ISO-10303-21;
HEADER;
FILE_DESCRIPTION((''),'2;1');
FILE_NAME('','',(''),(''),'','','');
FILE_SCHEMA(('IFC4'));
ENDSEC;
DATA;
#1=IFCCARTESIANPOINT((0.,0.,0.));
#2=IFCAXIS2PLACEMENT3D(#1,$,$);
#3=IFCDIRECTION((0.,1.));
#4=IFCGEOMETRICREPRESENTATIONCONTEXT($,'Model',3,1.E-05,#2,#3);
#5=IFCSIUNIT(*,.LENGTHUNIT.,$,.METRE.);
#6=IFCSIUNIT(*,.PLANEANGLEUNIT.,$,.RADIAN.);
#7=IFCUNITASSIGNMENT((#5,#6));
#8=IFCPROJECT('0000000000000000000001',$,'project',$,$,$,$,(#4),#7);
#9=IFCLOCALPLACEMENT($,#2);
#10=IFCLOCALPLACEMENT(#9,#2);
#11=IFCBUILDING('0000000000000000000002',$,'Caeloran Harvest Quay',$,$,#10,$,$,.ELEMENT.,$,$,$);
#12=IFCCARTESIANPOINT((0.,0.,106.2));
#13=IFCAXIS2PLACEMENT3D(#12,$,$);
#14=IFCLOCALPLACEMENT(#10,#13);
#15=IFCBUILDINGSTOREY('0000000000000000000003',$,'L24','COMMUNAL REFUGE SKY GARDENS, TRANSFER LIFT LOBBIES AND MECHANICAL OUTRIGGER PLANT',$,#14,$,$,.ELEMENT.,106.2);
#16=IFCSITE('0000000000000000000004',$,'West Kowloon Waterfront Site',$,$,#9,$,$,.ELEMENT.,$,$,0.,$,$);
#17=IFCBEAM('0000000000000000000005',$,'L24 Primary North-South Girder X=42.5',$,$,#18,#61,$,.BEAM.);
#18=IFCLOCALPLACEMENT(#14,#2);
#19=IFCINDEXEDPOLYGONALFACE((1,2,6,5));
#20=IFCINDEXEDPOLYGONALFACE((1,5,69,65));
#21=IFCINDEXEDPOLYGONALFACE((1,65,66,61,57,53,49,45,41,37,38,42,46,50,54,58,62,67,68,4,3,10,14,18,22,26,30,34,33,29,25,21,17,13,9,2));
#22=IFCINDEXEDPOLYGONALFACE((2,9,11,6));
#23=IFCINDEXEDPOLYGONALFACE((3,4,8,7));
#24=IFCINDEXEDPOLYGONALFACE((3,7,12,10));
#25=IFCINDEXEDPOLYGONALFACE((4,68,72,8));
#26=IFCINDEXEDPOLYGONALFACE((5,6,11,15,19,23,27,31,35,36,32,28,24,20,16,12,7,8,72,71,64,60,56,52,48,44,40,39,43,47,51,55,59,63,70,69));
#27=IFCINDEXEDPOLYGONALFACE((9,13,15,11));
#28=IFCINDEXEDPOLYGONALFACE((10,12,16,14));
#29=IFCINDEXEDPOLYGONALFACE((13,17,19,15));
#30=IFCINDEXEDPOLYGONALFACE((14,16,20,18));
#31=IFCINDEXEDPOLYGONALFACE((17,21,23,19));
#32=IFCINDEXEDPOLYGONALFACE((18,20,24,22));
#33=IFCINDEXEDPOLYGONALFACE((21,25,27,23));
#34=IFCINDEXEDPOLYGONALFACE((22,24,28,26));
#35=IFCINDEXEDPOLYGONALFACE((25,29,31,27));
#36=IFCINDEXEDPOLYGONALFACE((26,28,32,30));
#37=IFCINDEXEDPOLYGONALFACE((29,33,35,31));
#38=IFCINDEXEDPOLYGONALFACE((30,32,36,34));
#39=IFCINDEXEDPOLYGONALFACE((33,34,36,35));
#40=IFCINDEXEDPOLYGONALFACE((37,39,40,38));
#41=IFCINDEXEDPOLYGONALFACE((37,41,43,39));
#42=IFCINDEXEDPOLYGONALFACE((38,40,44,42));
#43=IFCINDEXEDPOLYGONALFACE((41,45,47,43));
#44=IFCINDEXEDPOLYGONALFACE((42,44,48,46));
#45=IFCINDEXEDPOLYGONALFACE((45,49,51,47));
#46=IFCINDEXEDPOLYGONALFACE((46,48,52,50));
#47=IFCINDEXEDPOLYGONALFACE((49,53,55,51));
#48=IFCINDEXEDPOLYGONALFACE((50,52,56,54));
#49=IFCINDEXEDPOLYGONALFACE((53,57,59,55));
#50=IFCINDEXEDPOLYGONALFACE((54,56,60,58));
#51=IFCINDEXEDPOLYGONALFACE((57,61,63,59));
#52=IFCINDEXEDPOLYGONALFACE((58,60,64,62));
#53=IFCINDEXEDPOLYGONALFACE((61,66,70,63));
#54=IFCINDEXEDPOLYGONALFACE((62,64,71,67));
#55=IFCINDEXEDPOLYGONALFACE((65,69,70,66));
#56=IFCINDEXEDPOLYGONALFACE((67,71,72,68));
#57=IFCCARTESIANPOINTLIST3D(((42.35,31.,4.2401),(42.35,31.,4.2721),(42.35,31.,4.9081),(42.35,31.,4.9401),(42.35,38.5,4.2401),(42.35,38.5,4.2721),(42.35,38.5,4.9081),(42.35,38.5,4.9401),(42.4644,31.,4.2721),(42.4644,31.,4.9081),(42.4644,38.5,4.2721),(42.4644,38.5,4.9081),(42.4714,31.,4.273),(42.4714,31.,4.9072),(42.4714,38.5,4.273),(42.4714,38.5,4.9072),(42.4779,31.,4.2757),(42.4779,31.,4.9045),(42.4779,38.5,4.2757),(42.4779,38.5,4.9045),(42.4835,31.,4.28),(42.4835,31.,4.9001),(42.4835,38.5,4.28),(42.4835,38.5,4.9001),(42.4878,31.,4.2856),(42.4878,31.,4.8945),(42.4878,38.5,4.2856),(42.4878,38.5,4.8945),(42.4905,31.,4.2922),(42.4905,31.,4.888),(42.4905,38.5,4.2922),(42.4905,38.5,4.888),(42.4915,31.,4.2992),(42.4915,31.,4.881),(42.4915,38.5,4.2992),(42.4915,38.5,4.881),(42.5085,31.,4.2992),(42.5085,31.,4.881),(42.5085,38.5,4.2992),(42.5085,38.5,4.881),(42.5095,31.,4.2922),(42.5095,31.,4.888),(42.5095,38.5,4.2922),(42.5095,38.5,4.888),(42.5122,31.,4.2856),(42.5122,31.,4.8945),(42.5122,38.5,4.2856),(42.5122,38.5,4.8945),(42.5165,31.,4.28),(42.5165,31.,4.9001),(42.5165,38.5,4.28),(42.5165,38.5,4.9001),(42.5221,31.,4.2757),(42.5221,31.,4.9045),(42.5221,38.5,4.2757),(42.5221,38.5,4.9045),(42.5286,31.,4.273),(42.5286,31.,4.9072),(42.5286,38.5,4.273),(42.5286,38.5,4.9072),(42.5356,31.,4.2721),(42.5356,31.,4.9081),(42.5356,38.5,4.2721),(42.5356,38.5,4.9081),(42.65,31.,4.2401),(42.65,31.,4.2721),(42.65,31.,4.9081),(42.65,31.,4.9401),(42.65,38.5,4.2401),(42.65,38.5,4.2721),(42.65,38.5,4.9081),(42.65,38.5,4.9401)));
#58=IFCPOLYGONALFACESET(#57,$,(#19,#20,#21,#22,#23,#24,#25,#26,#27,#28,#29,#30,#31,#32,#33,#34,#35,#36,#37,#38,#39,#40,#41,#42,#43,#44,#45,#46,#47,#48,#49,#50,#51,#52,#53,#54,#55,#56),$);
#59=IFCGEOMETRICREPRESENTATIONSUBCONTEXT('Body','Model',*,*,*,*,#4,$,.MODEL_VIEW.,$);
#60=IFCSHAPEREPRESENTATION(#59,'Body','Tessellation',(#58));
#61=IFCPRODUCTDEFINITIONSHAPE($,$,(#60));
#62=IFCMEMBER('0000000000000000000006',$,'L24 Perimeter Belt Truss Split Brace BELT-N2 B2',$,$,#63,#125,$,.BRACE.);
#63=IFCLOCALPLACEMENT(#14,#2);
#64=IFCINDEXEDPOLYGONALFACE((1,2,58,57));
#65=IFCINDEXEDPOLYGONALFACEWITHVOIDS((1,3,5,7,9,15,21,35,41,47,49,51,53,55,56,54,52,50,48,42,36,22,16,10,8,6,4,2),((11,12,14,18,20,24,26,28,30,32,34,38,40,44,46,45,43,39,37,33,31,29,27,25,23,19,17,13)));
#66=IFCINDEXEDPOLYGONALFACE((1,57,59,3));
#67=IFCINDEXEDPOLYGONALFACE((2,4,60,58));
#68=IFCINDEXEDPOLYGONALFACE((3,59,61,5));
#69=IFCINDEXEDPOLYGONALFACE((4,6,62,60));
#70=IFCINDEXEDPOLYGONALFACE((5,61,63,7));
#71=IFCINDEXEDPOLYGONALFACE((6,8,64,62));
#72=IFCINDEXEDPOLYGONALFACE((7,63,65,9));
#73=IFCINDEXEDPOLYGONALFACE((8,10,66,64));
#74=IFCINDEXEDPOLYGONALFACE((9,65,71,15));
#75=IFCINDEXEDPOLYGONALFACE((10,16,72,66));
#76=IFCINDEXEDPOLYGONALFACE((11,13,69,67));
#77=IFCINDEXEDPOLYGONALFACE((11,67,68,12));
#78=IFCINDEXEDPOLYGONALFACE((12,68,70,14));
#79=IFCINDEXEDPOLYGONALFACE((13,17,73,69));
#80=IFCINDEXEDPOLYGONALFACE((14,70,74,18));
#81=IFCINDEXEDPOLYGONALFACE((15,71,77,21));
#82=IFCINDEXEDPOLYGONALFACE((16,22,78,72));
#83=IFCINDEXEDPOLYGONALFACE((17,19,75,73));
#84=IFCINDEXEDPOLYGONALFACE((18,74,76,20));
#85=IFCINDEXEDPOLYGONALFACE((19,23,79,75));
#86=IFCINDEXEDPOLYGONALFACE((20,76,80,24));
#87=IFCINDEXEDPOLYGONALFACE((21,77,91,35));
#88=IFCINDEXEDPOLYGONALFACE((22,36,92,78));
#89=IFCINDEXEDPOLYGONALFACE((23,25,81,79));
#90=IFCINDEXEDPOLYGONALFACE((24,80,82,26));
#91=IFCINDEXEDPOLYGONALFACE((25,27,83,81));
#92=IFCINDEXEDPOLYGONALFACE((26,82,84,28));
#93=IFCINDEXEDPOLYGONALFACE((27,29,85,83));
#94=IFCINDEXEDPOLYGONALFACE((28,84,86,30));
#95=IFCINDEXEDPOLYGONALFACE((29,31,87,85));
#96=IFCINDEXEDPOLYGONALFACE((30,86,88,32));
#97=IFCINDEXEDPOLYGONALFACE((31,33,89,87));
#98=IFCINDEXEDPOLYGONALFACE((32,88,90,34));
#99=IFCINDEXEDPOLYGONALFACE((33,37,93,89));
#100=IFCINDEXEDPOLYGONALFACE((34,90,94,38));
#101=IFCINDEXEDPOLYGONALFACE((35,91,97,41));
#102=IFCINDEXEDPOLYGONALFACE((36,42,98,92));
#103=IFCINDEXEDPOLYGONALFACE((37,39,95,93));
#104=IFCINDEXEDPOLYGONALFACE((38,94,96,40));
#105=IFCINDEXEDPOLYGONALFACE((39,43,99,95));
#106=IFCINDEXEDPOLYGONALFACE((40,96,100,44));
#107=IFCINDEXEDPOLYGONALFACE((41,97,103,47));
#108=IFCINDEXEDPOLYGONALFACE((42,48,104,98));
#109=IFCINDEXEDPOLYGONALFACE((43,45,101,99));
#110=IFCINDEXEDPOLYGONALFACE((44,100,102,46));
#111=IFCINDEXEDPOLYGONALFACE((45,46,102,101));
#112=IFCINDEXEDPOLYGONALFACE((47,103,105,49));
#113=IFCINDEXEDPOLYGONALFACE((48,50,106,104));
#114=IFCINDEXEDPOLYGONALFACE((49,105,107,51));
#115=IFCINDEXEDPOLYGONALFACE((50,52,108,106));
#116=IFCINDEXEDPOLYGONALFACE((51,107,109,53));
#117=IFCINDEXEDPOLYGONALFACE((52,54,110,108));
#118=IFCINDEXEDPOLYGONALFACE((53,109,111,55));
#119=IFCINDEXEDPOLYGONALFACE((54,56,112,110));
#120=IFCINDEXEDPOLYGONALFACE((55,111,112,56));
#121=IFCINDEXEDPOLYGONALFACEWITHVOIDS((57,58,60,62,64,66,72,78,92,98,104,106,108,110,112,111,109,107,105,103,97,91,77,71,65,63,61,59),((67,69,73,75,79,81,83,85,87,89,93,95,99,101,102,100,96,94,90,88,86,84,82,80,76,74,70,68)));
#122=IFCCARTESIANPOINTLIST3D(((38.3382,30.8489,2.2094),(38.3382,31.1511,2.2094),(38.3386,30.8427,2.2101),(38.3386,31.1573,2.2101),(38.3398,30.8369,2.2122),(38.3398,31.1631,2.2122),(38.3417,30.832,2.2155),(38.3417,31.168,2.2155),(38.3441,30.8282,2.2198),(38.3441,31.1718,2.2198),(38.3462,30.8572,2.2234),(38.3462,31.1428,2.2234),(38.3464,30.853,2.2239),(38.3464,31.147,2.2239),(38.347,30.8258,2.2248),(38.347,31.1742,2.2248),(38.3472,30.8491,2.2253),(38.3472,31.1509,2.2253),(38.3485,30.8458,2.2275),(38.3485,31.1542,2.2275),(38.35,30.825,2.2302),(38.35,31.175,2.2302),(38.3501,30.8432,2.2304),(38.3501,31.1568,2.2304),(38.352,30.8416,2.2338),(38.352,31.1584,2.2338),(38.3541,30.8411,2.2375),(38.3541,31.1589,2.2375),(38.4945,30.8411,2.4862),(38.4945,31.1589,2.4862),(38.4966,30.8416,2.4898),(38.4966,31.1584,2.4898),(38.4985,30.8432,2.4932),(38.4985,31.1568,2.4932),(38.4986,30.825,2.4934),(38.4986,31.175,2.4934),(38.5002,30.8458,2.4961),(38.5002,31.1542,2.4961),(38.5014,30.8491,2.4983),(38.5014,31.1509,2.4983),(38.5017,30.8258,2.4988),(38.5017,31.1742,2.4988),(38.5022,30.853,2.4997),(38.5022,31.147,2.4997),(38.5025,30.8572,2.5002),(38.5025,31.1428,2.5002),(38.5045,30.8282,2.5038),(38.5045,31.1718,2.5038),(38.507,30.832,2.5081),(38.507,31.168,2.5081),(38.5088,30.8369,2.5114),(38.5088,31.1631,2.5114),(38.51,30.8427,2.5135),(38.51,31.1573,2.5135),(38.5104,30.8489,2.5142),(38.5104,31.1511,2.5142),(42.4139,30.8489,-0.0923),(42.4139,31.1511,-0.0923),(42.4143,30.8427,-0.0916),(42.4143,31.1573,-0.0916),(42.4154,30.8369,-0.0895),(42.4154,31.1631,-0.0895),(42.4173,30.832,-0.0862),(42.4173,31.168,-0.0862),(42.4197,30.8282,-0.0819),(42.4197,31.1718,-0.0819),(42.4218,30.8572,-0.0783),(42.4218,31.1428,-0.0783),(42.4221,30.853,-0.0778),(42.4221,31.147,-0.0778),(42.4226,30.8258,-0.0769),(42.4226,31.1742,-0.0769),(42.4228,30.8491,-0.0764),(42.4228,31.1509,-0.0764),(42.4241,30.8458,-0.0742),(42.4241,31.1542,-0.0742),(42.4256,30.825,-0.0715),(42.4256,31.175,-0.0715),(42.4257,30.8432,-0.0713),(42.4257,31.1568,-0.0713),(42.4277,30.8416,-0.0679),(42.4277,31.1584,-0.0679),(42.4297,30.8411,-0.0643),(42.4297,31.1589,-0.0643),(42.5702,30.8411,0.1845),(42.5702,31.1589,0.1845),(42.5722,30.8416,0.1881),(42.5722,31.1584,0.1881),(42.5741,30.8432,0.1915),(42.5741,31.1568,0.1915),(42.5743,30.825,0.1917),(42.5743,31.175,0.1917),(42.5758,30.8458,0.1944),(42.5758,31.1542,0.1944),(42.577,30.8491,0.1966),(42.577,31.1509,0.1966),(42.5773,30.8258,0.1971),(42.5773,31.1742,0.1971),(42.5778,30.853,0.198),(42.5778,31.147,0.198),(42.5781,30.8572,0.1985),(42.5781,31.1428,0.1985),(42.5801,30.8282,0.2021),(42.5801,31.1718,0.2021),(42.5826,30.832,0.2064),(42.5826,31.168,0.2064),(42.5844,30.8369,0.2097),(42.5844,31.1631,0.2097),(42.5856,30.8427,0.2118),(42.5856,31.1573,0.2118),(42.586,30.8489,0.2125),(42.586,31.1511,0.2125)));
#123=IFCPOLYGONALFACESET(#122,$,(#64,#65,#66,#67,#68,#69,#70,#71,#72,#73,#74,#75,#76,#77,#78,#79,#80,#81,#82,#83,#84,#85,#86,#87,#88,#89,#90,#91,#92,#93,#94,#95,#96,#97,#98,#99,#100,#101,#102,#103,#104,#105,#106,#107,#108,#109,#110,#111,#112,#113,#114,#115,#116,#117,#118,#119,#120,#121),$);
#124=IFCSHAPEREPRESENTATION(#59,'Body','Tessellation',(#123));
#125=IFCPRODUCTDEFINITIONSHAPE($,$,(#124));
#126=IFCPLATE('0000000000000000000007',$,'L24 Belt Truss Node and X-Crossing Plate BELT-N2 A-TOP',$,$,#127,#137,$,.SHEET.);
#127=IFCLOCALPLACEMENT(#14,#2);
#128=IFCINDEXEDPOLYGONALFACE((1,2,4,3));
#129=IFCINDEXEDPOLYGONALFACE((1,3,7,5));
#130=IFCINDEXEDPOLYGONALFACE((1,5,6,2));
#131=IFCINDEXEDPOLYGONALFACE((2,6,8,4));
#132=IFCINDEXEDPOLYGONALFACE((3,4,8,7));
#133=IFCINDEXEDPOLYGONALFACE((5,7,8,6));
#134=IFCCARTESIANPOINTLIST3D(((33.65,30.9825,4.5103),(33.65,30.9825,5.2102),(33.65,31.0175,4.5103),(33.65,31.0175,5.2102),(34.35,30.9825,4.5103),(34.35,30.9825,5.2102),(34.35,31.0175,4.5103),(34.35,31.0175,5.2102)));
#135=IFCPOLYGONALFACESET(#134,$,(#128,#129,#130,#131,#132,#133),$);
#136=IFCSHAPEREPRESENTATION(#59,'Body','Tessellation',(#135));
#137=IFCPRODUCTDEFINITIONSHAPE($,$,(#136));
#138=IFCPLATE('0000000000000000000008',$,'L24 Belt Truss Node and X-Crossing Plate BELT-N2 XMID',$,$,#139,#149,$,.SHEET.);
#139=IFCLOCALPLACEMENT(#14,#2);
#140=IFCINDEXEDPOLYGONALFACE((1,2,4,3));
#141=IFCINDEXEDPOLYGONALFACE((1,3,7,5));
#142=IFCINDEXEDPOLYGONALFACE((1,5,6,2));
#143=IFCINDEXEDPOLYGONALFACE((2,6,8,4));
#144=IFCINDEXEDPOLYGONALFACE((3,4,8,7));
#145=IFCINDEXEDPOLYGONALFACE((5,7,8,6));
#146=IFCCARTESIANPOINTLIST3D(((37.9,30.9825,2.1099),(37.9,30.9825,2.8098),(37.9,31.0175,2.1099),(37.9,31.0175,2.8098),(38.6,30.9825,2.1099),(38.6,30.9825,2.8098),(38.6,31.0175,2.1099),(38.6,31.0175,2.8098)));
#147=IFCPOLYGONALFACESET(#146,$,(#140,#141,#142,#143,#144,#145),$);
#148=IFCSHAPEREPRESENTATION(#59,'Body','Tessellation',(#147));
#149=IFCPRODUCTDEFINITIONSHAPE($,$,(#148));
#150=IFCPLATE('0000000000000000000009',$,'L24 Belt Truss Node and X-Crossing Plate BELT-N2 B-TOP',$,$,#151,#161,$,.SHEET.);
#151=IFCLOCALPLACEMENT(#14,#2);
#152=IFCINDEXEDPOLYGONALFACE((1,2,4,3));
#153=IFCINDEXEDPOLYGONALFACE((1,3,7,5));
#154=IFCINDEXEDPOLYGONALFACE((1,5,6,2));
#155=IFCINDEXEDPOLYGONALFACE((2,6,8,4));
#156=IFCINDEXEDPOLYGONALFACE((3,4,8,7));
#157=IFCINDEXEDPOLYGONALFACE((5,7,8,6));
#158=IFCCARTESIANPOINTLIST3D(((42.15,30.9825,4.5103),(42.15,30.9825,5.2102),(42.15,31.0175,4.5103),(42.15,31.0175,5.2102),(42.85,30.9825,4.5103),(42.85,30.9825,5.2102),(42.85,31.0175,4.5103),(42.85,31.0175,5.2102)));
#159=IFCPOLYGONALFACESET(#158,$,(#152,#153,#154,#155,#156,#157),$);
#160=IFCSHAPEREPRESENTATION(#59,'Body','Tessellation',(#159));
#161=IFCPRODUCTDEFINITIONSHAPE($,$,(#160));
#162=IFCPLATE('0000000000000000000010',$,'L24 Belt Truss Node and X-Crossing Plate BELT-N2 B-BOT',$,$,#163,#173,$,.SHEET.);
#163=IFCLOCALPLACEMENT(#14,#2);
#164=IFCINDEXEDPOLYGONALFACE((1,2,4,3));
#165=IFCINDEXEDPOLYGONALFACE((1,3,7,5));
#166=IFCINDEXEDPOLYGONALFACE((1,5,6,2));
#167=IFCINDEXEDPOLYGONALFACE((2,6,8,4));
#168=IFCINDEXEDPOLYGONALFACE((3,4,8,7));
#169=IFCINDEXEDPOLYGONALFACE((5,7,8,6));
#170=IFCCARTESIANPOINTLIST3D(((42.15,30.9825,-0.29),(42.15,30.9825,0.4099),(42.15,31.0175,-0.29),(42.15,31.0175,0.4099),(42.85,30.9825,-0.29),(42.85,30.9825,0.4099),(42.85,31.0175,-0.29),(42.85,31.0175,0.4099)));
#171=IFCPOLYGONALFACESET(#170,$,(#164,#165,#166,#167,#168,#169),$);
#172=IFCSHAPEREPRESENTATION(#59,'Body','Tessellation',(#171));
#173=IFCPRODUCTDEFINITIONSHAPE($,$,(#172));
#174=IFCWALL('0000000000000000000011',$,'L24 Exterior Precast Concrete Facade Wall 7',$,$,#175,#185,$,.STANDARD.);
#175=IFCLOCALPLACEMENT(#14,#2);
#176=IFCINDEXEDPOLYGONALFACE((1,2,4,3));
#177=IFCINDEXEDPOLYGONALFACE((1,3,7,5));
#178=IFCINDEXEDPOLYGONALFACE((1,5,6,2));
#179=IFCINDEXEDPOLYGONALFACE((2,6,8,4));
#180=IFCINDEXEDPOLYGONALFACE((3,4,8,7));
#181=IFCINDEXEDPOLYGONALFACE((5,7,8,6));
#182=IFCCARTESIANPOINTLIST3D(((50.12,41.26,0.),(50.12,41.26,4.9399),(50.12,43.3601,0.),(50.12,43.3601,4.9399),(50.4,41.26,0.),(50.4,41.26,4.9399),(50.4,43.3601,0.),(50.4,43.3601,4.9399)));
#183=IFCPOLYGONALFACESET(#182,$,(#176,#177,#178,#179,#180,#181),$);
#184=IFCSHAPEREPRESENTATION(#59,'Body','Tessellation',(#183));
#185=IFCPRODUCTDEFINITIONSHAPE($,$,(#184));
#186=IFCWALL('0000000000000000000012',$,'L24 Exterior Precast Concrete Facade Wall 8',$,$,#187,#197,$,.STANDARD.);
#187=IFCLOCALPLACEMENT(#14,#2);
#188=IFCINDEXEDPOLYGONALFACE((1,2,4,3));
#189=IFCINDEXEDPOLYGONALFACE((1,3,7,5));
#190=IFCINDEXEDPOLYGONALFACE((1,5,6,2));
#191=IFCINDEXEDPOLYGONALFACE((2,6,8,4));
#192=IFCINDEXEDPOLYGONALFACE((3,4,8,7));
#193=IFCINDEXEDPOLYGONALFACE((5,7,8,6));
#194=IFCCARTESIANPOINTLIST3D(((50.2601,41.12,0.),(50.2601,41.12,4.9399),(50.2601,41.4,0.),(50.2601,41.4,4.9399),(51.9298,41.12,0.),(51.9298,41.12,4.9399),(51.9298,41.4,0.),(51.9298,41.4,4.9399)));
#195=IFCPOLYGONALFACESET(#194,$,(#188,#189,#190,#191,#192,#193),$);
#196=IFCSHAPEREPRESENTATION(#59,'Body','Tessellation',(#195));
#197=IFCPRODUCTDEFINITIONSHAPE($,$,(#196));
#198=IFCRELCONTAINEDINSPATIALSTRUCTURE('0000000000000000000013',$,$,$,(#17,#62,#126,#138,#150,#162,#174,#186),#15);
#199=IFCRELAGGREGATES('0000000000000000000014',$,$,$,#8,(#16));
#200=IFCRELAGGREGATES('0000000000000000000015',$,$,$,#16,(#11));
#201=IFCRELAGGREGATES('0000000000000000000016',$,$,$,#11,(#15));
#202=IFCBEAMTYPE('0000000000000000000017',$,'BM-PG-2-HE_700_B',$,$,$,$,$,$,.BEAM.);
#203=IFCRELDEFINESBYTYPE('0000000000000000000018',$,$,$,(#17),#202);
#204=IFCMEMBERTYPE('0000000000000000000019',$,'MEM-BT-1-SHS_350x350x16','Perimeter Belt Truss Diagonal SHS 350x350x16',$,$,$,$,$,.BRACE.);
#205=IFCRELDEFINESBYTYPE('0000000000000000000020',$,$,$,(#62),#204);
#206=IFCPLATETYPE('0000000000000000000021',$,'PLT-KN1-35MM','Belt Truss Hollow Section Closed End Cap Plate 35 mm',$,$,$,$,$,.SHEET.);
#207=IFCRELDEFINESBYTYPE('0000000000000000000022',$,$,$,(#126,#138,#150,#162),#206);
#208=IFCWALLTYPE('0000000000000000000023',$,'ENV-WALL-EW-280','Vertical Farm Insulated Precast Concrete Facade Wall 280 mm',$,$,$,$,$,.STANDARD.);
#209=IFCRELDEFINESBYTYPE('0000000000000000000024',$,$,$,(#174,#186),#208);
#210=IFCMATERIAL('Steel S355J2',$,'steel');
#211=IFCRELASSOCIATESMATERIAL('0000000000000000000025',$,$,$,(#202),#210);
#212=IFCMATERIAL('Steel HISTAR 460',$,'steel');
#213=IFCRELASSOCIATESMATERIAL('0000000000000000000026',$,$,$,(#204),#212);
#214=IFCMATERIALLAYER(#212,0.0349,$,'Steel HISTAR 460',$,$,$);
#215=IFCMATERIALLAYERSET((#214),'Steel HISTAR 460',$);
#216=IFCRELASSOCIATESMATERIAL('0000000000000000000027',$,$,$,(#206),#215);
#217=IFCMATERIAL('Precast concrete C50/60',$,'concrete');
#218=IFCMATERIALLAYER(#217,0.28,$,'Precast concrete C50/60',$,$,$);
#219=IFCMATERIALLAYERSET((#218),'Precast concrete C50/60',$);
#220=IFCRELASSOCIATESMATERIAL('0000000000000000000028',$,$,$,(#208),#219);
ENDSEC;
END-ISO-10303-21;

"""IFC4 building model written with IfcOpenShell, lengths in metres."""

from ifc_helpers import new_model, si_unit, direction, frame, frame_2d, origin, origin_2d, place, context, subcontext, project, spatial, rectangle, hollow_rectangle, i_section, extrude, material, layer, layer_set, material_profile, profile_set, type_object, element, save


model = new_model("IFC4")

# Units and contexts
model_context = context("Model", 3, precision=1e-05, world=origin(), true_north=direction((0.0, 1.0)))
body_context = subcontext(model_context, "Body", "Model", "MODEL_VIEW")
ifc_project = project(units=[si_unit("LENGTHUNIT", "METRE"), si_unit("PLANEANGLEUNIT", "RADIAN")], contexts=[model_context])

# Site, building, storey
site_placement = place(None, origin())
site = spatial("IfcSite", under=ifc_project, at=site_placement, Name="West Kowloon Waterfront Site", CompositionType="ELEMENT", RefElevation=0.0)
building_placement = place(site_placement, origin())
building = spatial("IfcBuilding", under=site, at=building_placement, Name="Caeloran Harvest Quay", CompositionType="ELEMENT")
storey_placement = place(building_placement, frame((0.0, 0.0, 106.2)))
storey = spatial("IfcBuildingStorey", under=building, at=storey_placement, Name="L24", Description="COMMUNAL REFUGE SKY GARDENS, TRANSFER LIFT LOBBIES AND MECHANICAL OUTRIGGER PLANT", CompositionType="ELEMENT", Elevation=106.2)

# Shared definitions
ifc_material_1 = material(Name="Steel HISTAR 460", Category="steel")

# Beam
ifc_material_2 = material(Name="Steel S355J2", Category="steel")
ifc_material_profile_1 = material_profile(ifc_material_2, i_section(OverallWidth=0.3, OverallDepth=0.7, WebThickness=0.0171, FlangeThickness=0.032, FilletRadius=0.0271, at=origin_2d()), Name="HE 700 B")
ifc_profile_set_1 = profile_set([ifc_material_profile_1], Name="Steel S355J2")
beam_type = type_object("IfcBeamType", Name="BM-PG-2-HE_700_B", PredefinedType="BEAM", material=ifc_profile_set_1)
beam_1_placement = place(storey_placement, frame((42.5, 31.0, 4.5901), z_axis=(0.0, 1.0, 0.0), x_axis=(-1.0, 0.0, 0.0)))
element("IfcBeam", 1, at=beam_1_placement, inside=storey, type_object=beam_type, Name="L24 Primary North-South Girder X=42.5", PredefinedType="BEAM", context=body_context, shape_type="SweptSolid", body=[
    extrude(i_section(OverallWidth=0.3, OverallDepth=0.7, WebThickness=0.0171, FlangeThickness=0.032, FilletRadius=0.0271, at=origin_2d()), origin(), (0.0, 0.0, 1.0), 7.5),
])

# Member
ifc_material_profile_2 = material_profile(ifc_material_1, hollow_rectangle(XDim=0.3501, YDim=0.3501, WallThickness=0.0161, InnerFilletRadius=0.0161, OuterFilletRadius=0.0239, at=origin_2d()), Name="SHS 350x350x16")
ifc_profile_set_2 = profile_set([ifc_material_profile_2], Name="Steel HISTAR 460")
member_type = type_object("IfcMemberType", Name="MEM-BT-1-SHS_350x350x16", Description="Perimeter Belt Truss Diagonal SHS 350x350x16", PredefinedType="BRACE", material=ifc_profile_set_2)
member_placement = place(storey_placement, frame((38.4243, 31.0, 2.3618), z_axis=(0.870736, 0.0, -0.491751), x_axis=(0.0, 1.0, 0.0)))
element("IfcMember", 2, at=member_placement, inside=storey, type_object=member_type, Name="L24 Perimeter Belt Truss Split Brace BELT-N2 B2", PredefinedType="BRACE", context=body_context, shape_type="SweptSolid", body=[
    extrude(hollow_rectangle(XDim=0.3501, YDim=0.3501, WallThickness=0.0161, InnerFilletRadius=0.0161, OuterFilletRadius=0.0239, at=origin_2d()), origin(), (0.0, 0.0, 1.0), 4.6807),
])

# Plates
ifc_layer_1 = layer(ifc_material_1, 0.0349, Name="Steel HISTAR 460")
ifc_layer_set_1 = layer_set([ifc_layer_1], Name="Steel HISTAR 460")
plate_type = type_object("IfcPlateType", Name="PLT-KN1-35MM", Description="Belt Truss Hollow Section Closed End Cap Plate 35 mm", PredefinedType="SHEET", material=ifc_layer_set_1)
for number, where, z_axis, x_axis, name in (
    (3, (34.0, 31.0, 4.5103), (0.0, 0.0, 1.0), (1.0, 0.0, 0.0), "L24 Belt Truss Node and X-Crossing Plate BELT-N2 A-TOP"),
    (4, (38.25, 31.0, 2.1099), (0.0, 0.0, 1.0), (1.0, 0.0, 0.0), "L24 Belt Truss Node and X-Crossing Plate BELT-N2 XMID"),
    (5, (42.5, 31.0, 4.5103), (0.0, 0.0, 1.0), (1.0, 0.0, 0.0), "L24 Belt Truss Node and X-Crossing Plate BELT-N2 B-TOP"),
    (6, (42.5, 31.0, -0.29), (0.0, 0.0, 1.0), (1.0, 0.0, 0.0), "L24 Belt Truss Node and X-Crossing Plate BELT-N2 B-BOT"),
):
    element("IfcPlate", number, at=place(storey_placement, frame(where, z_axis=z_axis, x_axis=x_axis)), inside=storey, type_object=plate_type, Name=name, PredefinedType="SHEET", context=body_context, shape_type="SweptSolid", body=[
        extrude(rectangle(XDim=0.7, YDim=0.0349, at=origin_2d()), origin(), (0.0, 0.0, 1.0), 0.7),
    ])

# Walls
ifc_material_3 = material(Name="Precast concrete C50/60", Category="concrete")
ifc_layer_2 = layer(ifc_material_3, 0.28, Name="Precast concrete C50/60")
ifc_layer_set_2 = layer_set([ifc_layer_2], Name="Precast concrete C50/60")
wall_type_1 = type_object("IfcWallType", Name="ENV-WALL-EW-280", Description="Vertical Farm Insulated Precast Concrete Facade Wall 280 mm", PredefinedType="STANDARD", material=ifc_layer_set_2)
wall_1_placement = place(storey_placement, frame((50.26, 43.3601, 0.0), z_axis=(0.0, 0.0, 1.0), x_axis=(0.0, -1.0, 0.0)))
element("IfcWall", 7, at=wall_1_placement, inside=storey, type_object=wall_type_1, Name="L24 Exterior Precast Concrete Facade Wall 7", PredefinedType="STANDARD", context=body_context, shape_type="SweptSolid", body=[
    extrude(rectangle(XDim=2.1001, YDim=0.28, at=frame_2d((1.05, 0.0))), origin(), (0.0, 0.0, 1.0), 4.9399),
])
wall_2_placement = place(storey_placement, frame((50.26, 41.26, 0.0), z_axis=(0.0, 0.0, 1.0), x_axis=(1.0, 0.0, 0.0)))
element("IfcWall", 8, at=wall_2_placement, inside=storey, type_object=wall_type_1, Name="L24 Exterior Precast Concrete Facade Wall 8", PredefinedType="STANDARD", context=body_context, shape_type="SweptSolid", body=[
    extrude(rectangle(XDim=1.6697, YDim=0.28, at=frame_2d((0.835, 0.0))), origin(), (0.0, 0.0, 1.0), 4.9399),
])

save(model, "model.ifc")
